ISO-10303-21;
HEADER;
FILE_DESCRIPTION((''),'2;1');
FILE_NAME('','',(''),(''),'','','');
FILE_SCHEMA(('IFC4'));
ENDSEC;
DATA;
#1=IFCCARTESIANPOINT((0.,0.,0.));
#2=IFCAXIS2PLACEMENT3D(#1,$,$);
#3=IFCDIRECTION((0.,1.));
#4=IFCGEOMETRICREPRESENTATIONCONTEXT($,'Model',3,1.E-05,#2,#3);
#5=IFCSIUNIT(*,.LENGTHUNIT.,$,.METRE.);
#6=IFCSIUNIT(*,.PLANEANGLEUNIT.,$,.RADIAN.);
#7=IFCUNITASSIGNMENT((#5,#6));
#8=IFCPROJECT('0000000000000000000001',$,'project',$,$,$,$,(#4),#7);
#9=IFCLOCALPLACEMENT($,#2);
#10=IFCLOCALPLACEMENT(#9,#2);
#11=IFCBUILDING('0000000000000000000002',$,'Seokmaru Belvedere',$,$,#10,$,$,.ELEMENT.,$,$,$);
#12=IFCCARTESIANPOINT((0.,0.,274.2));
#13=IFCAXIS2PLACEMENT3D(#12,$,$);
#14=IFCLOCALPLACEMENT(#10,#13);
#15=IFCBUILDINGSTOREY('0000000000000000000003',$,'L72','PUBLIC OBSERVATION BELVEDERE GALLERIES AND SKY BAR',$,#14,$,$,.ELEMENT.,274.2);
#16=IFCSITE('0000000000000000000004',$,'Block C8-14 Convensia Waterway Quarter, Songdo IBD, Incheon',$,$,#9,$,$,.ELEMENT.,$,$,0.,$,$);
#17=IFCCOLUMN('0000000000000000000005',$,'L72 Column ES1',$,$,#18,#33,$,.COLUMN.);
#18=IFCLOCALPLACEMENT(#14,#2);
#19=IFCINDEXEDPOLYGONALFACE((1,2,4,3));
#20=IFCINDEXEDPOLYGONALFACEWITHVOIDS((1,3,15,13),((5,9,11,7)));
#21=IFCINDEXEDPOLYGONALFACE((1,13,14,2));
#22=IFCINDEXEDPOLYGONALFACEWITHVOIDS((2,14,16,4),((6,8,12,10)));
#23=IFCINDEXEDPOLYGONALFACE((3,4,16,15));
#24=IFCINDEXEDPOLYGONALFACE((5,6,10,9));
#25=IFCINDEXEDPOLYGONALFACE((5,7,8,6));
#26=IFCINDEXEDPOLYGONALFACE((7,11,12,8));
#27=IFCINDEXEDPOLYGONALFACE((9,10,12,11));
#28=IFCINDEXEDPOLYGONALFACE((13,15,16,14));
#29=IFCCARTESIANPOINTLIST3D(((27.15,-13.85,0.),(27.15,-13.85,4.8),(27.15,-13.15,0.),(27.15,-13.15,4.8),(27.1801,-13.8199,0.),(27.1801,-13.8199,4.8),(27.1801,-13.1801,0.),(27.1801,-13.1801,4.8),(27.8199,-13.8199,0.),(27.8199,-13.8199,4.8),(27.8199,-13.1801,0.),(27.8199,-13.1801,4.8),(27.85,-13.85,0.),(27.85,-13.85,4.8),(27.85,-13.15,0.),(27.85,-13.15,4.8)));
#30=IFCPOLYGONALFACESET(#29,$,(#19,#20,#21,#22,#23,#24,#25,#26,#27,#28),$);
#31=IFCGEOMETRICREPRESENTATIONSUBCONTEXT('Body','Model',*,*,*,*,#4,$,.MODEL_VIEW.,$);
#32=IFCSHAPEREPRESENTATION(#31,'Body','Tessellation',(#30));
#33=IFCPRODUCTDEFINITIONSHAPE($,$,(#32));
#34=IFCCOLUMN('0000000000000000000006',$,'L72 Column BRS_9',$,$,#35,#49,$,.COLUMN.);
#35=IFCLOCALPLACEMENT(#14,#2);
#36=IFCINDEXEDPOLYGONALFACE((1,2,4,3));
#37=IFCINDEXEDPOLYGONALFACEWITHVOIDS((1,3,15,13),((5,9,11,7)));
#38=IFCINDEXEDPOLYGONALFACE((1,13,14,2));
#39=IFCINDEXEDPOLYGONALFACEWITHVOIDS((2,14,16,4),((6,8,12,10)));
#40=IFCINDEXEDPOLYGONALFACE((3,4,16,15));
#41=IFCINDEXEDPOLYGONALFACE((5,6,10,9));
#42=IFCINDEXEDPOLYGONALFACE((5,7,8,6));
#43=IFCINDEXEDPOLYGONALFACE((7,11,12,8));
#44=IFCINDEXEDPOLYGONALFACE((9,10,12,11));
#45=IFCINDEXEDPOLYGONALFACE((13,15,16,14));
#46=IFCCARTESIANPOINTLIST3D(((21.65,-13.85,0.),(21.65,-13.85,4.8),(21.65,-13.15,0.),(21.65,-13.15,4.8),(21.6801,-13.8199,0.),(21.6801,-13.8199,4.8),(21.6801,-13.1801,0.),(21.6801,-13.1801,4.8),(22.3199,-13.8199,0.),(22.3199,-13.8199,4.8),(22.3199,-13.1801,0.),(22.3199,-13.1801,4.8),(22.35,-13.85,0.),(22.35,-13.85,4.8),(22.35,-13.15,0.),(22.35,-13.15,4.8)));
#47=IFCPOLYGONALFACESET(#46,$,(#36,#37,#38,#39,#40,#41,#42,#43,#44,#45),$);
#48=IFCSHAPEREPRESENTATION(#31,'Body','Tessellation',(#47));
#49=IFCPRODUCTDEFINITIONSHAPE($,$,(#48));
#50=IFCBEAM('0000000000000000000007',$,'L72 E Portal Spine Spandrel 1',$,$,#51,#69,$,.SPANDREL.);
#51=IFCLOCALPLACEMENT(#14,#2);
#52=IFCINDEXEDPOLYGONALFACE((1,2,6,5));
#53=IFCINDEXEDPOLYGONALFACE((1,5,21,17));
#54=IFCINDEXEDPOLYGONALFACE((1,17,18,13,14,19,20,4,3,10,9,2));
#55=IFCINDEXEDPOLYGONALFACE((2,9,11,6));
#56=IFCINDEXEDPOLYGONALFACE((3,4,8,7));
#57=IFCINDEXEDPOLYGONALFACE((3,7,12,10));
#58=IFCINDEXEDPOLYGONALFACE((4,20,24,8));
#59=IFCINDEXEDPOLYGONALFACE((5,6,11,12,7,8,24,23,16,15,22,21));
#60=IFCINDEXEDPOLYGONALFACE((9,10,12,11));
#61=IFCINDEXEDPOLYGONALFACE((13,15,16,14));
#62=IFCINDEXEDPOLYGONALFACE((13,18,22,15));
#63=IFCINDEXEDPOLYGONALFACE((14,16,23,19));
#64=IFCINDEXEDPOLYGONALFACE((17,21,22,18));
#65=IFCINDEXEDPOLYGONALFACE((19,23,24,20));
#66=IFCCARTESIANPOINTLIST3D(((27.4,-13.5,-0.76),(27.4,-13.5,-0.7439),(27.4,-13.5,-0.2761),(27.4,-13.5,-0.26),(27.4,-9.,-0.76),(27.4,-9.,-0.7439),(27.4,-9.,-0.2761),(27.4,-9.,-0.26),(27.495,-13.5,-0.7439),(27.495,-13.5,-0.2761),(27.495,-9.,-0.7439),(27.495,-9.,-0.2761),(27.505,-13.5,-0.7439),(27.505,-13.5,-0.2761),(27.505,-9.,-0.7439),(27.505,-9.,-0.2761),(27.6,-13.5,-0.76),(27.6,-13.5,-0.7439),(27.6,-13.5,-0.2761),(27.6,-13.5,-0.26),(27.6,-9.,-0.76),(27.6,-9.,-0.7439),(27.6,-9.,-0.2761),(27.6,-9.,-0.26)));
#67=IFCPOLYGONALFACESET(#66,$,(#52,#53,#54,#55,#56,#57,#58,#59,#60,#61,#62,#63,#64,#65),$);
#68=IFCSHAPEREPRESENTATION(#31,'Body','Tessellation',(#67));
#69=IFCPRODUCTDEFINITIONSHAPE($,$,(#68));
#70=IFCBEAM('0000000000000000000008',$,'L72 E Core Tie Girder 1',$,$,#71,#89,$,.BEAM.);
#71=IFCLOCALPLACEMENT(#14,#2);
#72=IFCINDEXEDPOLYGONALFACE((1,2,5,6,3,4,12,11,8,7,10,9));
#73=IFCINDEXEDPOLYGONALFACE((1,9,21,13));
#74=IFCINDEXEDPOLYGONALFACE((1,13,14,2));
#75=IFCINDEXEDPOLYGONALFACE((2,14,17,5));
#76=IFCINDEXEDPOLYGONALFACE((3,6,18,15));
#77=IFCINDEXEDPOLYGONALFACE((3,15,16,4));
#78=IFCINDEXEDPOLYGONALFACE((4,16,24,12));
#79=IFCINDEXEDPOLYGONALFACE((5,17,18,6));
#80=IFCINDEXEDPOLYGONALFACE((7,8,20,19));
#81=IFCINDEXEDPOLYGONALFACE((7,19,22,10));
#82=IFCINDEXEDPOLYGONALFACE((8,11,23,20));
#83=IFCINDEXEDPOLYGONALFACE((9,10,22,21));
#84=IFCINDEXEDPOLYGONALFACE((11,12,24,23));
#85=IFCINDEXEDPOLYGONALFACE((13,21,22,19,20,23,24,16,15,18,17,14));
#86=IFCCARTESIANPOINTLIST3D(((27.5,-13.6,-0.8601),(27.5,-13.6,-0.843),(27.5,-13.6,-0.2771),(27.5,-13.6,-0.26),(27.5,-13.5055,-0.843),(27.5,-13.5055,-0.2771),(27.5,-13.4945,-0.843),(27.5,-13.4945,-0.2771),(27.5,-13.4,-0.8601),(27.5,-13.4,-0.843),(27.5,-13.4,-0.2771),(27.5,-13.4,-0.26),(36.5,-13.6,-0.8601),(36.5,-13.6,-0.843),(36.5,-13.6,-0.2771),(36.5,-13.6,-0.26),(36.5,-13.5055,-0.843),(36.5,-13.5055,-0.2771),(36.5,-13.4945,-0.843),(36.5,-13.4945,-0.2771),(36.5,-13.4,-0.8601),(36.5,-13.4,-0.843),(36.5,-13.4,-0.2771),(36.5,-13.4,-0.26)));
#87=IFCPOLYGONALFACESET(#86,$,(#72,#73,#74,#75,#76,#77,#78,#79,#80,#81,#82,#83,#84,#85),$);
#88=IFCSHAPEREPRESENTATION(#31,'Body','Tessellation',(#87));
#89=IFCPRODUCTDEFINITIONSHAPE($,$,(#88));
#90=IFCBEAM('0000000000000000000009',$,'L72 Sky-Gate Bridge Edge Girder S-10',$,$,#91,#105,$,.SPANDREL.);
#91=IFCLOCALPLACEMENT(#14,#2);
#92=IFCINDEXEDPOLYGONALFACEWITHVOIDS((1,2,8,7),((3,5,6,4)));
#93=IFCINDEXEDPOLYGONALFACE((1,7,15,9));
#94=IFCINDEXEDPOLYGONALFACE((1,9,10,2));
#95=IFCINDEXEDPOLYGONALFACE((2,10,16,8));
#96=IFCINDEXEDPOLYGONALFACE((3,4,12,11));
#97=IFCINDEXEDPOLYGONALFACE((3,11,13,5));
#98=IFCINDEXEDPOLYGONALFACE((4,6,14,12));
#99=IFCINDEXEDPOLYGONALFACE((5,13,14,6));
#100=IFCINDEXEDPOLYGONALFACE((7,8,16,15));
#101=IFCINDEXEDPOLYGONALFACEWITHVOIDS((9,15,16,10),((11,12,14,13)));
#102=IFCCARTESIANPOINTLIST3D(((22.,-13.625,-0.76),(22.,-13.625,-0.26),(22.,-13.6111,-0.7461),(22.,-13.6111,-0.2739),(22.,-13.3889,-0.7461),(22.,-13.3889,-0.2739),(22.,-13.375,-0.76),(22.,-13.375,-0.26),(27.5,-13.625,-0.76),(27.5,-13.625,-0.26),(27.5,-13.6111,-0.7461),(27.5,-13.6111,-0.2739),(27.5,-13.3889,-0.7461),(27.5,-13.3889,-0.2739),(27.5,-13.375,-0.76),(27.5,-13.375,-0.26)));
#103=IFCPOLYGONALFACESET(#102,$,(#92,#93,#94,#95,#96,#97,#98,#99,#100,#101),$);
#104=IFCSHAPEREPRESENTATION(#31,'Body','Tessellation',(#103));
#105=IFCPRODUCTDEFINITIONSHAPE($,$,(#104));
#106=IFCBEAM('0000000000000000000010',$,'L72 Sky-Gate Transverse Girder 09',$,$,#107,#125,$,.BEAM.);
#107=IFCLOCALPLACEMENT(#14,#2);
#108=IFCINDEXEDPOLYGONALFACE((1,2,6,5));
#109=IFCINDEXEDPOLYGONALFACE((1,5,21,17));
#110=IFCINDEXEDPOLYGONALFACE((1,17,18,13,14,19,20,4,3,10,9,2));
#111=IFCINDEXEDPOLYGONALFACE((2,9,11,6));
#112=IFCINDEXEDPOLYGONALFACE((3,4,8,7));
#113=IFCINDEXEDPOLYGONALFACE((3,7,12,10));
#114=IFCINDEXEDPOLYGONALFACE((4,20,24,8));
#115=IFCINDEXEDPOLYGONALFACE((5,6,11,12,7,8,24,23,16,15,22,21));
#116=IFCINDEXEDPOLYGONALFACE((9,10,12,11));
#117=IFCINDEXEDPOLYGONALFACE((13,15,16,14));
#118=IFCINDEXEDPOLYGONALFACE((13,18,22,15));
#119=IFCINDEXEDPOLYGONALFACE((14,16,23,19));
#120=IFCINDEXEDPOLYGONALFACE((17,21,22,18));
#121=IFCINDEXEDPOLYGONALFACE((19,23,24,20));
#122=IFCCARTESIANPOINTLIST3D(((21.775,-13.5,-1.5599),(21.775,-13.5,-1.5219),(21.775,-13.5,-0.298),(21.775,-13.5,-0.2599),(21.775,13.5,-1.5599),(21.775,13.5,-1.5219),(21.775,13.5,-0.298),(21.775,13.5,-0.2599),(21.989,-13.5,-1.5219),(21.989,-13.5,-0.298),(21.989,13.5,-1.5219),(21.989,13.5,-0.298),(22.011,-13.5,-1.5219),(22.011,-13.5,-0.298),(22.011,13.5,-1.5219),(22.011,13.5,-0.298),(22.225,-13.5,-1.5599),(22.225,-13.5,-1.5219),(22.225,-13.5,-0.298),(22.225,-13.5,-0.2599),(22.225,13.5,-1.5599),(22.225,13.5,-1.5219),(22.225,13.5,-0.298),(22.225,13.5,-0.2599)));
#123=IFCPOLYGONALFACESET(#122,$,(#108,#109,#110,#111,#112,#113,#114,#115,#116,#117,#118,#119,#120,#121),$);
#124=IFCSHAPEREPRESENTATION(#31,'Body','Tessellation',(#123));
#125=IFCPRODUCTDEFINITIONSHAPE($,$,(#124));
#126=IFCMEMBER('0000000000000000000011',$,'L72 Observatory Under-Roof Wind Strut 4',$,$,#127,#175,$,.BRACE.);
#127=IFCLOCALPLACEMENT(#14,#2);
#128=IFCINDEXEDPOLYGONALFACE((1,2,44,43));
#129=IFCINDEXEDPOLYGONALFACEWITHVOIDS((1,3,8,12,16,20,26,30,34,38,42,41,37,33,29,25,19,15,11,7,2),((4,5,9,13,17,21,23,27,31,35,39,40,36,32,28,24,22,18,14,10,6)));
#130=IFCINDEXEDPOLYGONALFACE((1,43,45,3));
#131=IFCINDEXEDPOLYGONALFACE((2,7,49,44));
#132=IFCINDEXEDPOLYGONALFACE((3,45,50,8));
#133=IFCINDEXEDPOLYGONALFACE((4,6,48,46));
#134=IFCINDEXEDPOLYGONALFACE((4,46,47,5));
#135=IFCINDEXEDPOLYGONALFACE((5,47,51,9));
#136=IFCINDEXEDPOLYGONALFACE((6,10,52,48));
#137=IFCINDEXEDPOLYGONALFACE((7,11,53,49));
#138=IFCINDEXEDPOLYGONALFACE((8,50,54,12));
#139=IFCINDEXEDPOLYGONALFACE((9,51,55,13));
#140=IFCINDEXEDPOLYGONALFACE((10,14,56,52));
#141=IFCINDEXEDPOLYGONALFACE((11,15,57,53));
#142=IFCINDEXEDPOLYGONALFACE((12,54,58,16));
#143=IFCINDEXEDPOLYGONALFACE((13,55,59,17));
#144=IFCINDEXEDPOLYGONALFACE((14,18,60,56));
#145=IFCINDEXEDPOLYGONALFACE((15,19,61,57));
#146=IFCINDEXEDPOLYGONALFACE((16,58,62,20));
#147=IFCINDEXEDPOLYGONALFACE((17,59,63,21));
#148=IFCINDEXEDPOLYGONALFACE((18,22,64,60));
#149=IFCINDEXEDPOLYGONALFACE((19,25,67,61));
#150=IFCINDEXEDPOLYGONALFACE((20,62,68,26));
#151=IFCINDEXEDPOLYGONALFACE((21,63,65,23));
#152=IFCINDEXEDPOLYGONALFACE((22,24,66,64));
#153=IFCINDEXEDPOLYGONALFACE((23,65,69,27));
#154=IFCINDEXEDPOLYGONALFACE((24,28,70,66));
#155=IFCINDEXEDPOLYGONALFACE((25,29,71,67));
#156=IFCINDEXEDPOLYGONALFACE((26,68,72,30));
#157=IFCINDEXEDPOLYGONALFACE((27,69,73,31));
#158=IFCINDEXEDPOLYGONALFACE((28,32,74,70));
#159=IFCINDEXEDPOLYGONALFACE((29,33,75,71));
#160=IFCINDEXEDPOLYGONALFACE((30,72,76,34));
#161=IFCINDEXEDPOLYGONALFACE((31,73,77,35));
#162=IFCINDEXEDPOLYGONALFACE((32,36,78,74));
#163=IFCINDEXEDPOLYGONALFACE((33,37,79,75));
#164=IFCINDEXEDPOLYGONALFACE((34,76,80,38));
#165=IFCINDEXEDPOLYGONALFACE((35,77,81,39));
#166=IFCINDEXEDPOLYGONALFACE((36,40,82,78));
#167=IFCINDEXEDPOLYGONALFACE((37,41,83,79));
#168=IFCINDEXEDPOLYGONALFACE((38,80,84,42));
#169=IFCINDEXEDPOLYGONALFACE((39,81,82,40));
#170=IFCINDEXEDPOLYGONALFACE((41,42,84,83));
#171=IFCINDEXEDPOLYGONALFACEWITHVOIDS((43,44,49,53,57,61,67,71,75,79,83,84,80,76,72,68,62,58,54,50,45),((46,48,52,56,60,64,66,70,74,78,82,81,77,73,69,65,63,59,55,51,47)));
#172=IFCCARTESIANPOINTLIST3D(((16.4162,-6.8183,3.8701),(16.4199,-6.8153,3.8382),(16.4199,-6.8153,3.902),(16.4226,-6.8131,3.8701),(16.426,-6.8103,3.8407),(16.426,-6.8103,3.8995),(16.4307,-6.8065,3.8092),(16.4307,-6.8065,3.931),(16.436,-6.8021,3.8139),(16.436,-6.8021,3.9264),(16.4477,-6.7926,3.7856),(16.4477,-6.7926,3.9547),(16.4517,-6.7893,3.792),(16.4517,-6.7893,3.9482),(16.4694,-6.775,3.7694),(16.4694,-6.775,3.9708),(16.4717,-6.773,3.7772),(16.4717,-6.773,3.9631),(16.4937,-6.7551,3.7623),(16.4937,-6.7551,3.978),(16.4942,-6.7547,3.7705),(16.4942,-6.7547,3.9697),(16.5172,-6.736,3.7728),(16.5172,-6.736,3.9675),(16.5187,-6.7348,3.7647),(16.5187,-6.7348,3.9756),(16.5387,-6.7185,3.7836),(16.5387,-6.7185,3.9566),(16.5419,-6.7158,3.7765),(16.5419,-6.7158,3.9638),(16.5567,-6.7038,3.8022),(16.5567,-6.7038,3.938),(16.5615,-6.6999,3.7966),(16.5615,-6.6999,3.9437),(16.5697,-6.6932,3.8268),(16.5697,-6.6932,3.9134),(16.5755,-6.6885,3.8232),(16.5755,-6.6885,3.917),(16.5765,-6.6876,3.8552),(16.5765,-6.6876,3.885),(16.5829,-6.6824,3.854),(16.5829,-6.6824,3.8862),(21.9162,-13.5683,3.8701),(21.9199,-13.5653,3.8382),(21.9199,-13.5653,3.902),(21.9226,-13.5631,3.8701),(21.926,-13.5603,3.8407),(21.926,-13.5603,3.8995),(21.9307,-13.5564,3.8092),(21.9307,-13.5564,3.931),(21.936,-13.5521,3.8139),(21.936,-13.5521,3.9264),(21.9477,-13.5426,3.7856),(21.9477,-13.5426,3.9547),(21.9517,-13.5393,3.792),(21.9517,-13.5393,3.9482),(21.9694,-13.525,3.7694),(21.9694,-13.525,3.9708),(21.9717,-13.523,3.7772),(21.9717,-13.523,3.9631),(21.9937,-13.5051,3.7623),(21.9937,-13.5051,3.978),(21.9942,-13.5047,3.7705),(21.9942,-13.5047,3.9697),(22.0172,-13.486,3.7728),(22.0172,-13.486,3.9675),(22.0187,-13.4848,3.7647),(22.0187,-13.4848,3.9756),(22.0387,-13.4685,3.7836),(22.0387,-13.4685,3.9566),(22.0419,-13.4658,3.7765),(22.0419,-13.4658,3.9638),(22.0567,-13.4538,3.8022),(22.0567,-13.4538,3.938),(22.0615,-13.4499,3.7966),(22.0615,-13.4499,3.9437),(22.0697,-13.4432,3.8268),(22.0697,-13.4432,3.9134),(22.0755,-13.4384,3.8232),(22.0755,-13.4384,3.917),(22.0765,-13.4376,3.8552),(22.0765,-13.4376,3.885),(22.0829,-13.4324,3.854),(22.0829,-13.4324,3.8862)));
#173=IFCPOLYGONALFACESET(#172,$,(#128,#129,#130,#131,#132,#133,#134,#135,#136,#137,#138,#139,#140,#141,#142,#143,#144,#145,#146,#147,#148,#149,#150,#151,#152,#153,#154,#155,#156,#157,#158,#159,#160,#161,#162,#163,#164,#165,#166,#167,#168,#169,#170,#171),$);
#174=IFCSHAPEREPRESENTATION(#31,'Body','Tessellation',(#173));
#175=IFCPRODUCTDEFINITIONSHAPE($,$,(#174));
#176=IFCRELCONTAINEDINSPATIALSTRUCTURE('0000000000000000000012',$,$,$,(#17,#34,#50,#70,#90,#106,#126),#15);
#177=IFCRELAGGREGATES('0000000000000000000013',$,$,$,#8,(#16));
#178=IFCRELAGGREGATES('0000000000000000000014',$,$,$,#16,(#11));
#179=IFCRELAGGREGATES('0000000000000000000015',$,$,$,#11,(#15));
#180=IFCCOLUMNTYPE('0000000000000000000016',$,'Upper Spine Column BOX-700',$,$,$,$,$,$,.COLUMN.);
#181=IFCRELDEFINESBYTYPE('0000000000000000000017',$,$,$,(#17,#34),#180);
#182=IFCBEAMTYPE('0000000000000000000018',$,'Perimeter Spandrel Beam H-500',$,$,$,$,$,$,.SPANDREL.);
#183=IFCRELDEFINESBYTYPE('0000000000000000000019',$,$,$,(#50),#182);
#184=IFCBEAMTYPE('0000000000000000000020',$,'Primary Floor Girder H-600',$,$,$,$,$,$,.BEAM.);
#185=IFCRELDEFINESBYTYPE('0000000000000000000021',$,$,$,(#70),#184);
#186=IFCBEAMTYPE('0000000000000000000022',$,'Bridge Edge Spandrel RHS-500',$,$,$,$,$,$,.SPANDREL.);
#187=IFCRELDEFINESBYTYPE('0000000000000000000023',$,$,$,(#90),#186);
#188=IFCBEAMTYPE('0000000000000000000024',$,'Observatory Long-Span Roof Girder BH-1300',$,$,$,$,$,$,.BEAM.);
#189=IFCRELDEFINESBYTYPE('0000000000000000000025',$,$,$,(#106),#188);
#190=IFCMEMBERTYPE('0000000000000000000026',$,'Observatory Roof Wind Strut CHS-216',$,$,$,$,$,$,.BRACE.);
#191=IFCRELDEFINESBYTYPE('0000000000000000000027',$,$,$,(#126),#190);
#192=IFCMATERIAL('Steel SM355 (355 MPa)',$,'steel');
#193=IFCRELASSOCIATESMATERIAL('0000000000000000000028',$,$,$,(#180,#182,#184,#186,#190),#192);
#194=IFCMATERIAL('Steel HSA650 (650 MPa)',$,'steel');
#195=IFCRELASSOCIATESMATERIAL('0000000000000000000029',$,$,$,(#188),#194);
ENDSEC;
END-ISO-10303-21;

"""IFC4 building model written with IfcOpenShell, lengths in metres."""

from ifc_helpers import new_model, si_unit, direction, frame, origin, origin_2d, place, context, subcontext, project, spatial, hollow_rectangle, hollow_circle, i_section, extrude, source, transform, mapped, material, material_profile, profile_set, type_object, type_shapes, element, save


model = new_model("IFC4")

# Units and contexts
model_context = context("Model", 3, precision=1e-05, world=origin(), true_north=direction((0.0, 1.0)))
body_context = subcontext(model_context, "Body", "Model", "MODEL_VIEW")
ifc_project = project(units=[si_unit("LENGTHUNIT", "METRE"), si_unit("PLANEANGLEUNIT", "RADIAN")], contexts=[model_context])

# Site, building, storey
site_placement = place(None, origin())
site = spatial("IfcSite", under=ifc_project, at=site_placement, Name="Block C8-14 Convensia Waterway Quarter, Songdo IBD, Incheon", CompositionType="ELEMENT", RefElevation=0.0)
building_placement = place(site_placement, origin())
building = spatial("IfcBuilding", under=site, at=building_placement, Name="Seokmaru Belvedere", CompositionType="ELEMENT")
storey_placement = place(building_placement, frame((0.0, 0.0, 274.2)))
storey = spatial("IfcBuildingStorey", under=building, at=storey_placement, Name="L72", Description="PUBLIC OBSERVATION BELVEDERE GALLERIES AND SKY BAR", CompositionType="ELEMENT", Elevation=274.2)

# Columns
ifc_material_1 = material(Name="Steel SM355 (355 MPa)", Category="steel")
ifc_material_profile_1 = material_profile(ifc_material_1, hollow_rectangle(XDim=0.7, YDim=0.7, WallThickness=0.03, at=origin_2d()), Name="BOX-700x700x30")
ifc_profile_set_1 = profile_set([ifc_material_profile_1], Name="Steel SM355 (355 MPa)")
column_type = type_object("IfcColumnType", Name="Upper Spine Column BOX-700", PredefinedType="COLUMN", material=ifc_profile_set_1)
shared_shape_1 = source(origin(), body_context, "Body", "SweptSolid", [
    extrude(hollow_rectangle(XDim=0.7, YDim=0.7, WallThickness=0.03, at=origin_2d()), origin(), (0.0, 0.0, 1.0), 4.8),
])
type_shapes(column_type, [shared_shape_1])
for number, where, z_axis, x_axis, name in (
    (1, (27.5, -13.5, 0.0), (0.0, 0.0, 1.0), (1.0, 0.0, 0.0), "L72 Column ES1"),
    (2, (22.0, -13.5, 0.0), (0.0, 0.0, 1.0), (1.0, 0.0, 0.0), "L72 Column BRS_9"),
):
    element("IfcColumn", number, at=place(storey_placement, frame(where, z_axis=z_axis, x_axis=x_axis)), inside=storey, type_object=column_type, Name=name, PredefinedType="COLUMN", context=body_context, shape_type="MappedRepresentation", body=[
        mapped(shared_shape_1, transform((0.0, 0.0, 0.0), scale=1.0)),
    ])

# Beams
ifc_material_profile_2 = material_profile(ifc_material_1, i_section(OverallWidth=0.2, OverallDepth=0.5, WebThickness=0.01, FlangeThickness=0.0161, at=origin_2d()), Name="H-500x200x10x16")
ifc_profile_set_2 = profile_set([ifc_material_profile_2], Name="Steel SM355 (355 MPa)")
beam_type_1 = type_object("IfcBeamType", Name="Perimeter Spandrel Beam H-500", PredefinedType="SPANDREL", material=ifc_profile_set_2)
shared_shape_2 = source(origin(), body_context, "Body", "SweptSolid", [
    extrude(i_section(OverallWidth=0.2, OverallDepth=0.5, WebThickness=0.01, FlangeThickness=0.0161, at=origin_2d()), origin(), (0.0, 0.0, 1.0), 4.5),
])
type_shapes(beam_type_1, [shared_shape_2])
beam_1_placement = place(storey_placement, frame((27.5, -13.5, -0.51), z_axis=(0.0, 1.0, 0.0), x_axis=(-1.0, 0.0, 0.0)))
element("IfcBeam", 3, at=beam_1_placement, inside=storey, type_object=beam_type_1, Name="L72 E Portal Spine Spandrel 1", PredefinedType="SPANDREL", context=body_context, shape_type="MappedRepresentation", body=[
    mapped(shared_shape_2, transform((0.0, 0.0, 0.0), scale=1.0)),
])
ifc_material_profile_3 = material_profile(ifc_material_1, i_section(OverallWidth=0.2, OverallDepth=0.6001, WebThickness=0.011, FlangeThickness=0.0171, at=origin_2d()), Name="H-600x200x11x17")
ifc_profile_set_3 = profile_set([ifc_material_profile_3], Name="Steel SM355 (355 MPa)")
beam_type_2 = type_object("IfcBeamType", Name="Primary Floor Girder H-600", PredefinedType="BEAM", material=ifc_profile_set_3)
shared_shape_3 = source(origin(), body_context, "Body", "SweptSolid", [
    extrude(i_section(OverallWidth=0.2, OverallDepth=0.6001, WebThickness=0.011, FlangeThickness=0.0171, at=origin_2d()), origin(), (0.0, 0.0, 1.0), 9.0),
])
type_shapes(beam_type_2, [shared_shape_3])
beam_2_placement = place(storey_placement, frame((27.5, -13.5, -0.5601), z_axis=(1.0, 0.0, 0.0), x_axis=(0.0, 1.0, 0.0)))
element("IfcBeam", 4, at=beam_2_placement, inside=storey, type_object=beam_type_2, Name="L72 E Core Tie Girder 1", PredefinedType="BEAM", context=body_context, shape_type="MappedRepresentation", body=[
    mapped(shared_shape_3, transform((0.0, 0.0, 0.0), scale=1.0)),
])
ifc_material_profile_4 = material_profile(ifc_material_1, hollow_rectangle(XDim=0.25, YDim=0.5, WallThickness=0.0139, at=origin_2d()), Name="RHS-500x250x14")
ifc_profile_set_4 = profile_set([ifc_material_profile_4], Name="Steel SM355 (355 MPa)")
beam_type_3 = type_object("IfcBeamType", Name="Bridge Edge Spandrel RHS-500", PredefinedType="SPANDREL", material=ifc_profile_set_4)
shared_shape_4 = source(origin(), body_context, "Body", "SweptSolid", [
    extrude(hollow_rectangle(XDim=0.25, YDim=0.5, WallThickness=0.0139, at=origin_2d()), origin(), (0.0, 0.0, 1.0), 5.5),
])
type_shapes(beam_type_3, [shared_shape_4])
beam_3_placement = place(storey_placement, frame((22.0, -13.5, -0.51), z_axis=(1.0, 0.0, 0.0), x_axis=(0.0, 1.0, 0.0)))
element("IfcBeam", 5, at=beam_3_placement, inside=storey, type_object=beam_type_3, Name="L72 Sky-Gate Bridge Edge Girder S-10", PredefinedType="SPANDREL", context=body_context, shape_type="MappedRepresentation", body=[
    mapped(shared_shape_4, transform((0.0, 0.0, 0.0), scale=1.0)),
])
ifc_material_2 = material(Name="Steel HSA650 (650 MPa)", Category="steel")
ifc_material_profile_5 = material_profile(ifc_material_2, i_section(OverallWidth=0.45, OverallDepth=1.3, WebThickness=0.022, FlangeThickness=0.0381, at=origin_2d()), Name="BH-1300x450x22x38")
ifc_profile_set_5 = profile_set([ifc_material_profile_5], Name="Steel HSA650 (650 MPa)")
beam_type_4 = type_object("IfcBeamType", Name="Observatory Long-Span Roof Girder BH-1300", PredefinedType="BEAM", material=ifc_profile_set_5)
shared_shape_5 = source(origin(), body_context, "Body", "SweptSolid", [
    extrude(i_section(OverallWidth=0.45, OverallDepth=1.3, WebThickness=0.022, FlangeThickness=0.0381, at=origin_2d()), origin(), (0.0, 0.0, 1.0), 27.0),
])
type_shapes(beam_type_4, [shared_shape_5])
beam_4_placement = place(storey_placement, frame((22.0, -13.5, -0.9099), z_axis=(0.0, 1.0, 0.0), x_axis=(-1.0, 0.0, 0.0)))
element("IfcBeam", 6, at=beam_4_placement, inside=storey, type_object=beam_type_4, Name="L72 Sky-Gate Transverse Girder 09", PredefinedType="BEAM", context=body_context, shape_type="MappedRepresentation", body=[
    mapped(shared_shape_5, transform((0.0, 0.0, 0.0), scale=1.0)),
])

# Member
ifc_material_profile_6 = material_profile(ifc_material_1, hollow_circle(Radius=0.1082, WallThickness=0.0083, at=origin_2d()), Name="CHS-216.3x8.2")
ifc_profile_set_6 = profile_set([ifc_material_profile_6], Name="Steel SM355 (355 MPa)")
member_type_1 = type_object("IfcMemberType", Name="Observatory Roof Wind Strut CHS-216", PredefinedType="BRACE", material=ifc_profile_set_6)
shared_shape_6 = source(origin(), body_context, "Body", "SweptSolid", [
    extrude(hollow_circle(Radius=0.1082, WallThickness=0.0083, at=origin_2d()), origin(), (0.0, 0.0, 1.0), 8.707),
])
type_shapes(member_type_1, [shared_shape_6])
member_1_placement = place(storey_placement, frame((22.0, -13.5, 3.8701), z_axis=(-0.631673, 0.775235, 0.0), x_axis=(-0.775235, -0.631673, 0.0)))
element("IfcMember", 7, at=member_1_placement, inside=storey, type_object=member_type_1, Name="L72 Observatory Under-Roof Wind Strut 4", PredefinedType="BRACE", context=body_context, shape_type="MappedRepresentation", body=[
    mapped(shared_shape_6, transform((0.0, 0.0, 0.0), scale=1.0)),
])

save(model, "model.ifc")
